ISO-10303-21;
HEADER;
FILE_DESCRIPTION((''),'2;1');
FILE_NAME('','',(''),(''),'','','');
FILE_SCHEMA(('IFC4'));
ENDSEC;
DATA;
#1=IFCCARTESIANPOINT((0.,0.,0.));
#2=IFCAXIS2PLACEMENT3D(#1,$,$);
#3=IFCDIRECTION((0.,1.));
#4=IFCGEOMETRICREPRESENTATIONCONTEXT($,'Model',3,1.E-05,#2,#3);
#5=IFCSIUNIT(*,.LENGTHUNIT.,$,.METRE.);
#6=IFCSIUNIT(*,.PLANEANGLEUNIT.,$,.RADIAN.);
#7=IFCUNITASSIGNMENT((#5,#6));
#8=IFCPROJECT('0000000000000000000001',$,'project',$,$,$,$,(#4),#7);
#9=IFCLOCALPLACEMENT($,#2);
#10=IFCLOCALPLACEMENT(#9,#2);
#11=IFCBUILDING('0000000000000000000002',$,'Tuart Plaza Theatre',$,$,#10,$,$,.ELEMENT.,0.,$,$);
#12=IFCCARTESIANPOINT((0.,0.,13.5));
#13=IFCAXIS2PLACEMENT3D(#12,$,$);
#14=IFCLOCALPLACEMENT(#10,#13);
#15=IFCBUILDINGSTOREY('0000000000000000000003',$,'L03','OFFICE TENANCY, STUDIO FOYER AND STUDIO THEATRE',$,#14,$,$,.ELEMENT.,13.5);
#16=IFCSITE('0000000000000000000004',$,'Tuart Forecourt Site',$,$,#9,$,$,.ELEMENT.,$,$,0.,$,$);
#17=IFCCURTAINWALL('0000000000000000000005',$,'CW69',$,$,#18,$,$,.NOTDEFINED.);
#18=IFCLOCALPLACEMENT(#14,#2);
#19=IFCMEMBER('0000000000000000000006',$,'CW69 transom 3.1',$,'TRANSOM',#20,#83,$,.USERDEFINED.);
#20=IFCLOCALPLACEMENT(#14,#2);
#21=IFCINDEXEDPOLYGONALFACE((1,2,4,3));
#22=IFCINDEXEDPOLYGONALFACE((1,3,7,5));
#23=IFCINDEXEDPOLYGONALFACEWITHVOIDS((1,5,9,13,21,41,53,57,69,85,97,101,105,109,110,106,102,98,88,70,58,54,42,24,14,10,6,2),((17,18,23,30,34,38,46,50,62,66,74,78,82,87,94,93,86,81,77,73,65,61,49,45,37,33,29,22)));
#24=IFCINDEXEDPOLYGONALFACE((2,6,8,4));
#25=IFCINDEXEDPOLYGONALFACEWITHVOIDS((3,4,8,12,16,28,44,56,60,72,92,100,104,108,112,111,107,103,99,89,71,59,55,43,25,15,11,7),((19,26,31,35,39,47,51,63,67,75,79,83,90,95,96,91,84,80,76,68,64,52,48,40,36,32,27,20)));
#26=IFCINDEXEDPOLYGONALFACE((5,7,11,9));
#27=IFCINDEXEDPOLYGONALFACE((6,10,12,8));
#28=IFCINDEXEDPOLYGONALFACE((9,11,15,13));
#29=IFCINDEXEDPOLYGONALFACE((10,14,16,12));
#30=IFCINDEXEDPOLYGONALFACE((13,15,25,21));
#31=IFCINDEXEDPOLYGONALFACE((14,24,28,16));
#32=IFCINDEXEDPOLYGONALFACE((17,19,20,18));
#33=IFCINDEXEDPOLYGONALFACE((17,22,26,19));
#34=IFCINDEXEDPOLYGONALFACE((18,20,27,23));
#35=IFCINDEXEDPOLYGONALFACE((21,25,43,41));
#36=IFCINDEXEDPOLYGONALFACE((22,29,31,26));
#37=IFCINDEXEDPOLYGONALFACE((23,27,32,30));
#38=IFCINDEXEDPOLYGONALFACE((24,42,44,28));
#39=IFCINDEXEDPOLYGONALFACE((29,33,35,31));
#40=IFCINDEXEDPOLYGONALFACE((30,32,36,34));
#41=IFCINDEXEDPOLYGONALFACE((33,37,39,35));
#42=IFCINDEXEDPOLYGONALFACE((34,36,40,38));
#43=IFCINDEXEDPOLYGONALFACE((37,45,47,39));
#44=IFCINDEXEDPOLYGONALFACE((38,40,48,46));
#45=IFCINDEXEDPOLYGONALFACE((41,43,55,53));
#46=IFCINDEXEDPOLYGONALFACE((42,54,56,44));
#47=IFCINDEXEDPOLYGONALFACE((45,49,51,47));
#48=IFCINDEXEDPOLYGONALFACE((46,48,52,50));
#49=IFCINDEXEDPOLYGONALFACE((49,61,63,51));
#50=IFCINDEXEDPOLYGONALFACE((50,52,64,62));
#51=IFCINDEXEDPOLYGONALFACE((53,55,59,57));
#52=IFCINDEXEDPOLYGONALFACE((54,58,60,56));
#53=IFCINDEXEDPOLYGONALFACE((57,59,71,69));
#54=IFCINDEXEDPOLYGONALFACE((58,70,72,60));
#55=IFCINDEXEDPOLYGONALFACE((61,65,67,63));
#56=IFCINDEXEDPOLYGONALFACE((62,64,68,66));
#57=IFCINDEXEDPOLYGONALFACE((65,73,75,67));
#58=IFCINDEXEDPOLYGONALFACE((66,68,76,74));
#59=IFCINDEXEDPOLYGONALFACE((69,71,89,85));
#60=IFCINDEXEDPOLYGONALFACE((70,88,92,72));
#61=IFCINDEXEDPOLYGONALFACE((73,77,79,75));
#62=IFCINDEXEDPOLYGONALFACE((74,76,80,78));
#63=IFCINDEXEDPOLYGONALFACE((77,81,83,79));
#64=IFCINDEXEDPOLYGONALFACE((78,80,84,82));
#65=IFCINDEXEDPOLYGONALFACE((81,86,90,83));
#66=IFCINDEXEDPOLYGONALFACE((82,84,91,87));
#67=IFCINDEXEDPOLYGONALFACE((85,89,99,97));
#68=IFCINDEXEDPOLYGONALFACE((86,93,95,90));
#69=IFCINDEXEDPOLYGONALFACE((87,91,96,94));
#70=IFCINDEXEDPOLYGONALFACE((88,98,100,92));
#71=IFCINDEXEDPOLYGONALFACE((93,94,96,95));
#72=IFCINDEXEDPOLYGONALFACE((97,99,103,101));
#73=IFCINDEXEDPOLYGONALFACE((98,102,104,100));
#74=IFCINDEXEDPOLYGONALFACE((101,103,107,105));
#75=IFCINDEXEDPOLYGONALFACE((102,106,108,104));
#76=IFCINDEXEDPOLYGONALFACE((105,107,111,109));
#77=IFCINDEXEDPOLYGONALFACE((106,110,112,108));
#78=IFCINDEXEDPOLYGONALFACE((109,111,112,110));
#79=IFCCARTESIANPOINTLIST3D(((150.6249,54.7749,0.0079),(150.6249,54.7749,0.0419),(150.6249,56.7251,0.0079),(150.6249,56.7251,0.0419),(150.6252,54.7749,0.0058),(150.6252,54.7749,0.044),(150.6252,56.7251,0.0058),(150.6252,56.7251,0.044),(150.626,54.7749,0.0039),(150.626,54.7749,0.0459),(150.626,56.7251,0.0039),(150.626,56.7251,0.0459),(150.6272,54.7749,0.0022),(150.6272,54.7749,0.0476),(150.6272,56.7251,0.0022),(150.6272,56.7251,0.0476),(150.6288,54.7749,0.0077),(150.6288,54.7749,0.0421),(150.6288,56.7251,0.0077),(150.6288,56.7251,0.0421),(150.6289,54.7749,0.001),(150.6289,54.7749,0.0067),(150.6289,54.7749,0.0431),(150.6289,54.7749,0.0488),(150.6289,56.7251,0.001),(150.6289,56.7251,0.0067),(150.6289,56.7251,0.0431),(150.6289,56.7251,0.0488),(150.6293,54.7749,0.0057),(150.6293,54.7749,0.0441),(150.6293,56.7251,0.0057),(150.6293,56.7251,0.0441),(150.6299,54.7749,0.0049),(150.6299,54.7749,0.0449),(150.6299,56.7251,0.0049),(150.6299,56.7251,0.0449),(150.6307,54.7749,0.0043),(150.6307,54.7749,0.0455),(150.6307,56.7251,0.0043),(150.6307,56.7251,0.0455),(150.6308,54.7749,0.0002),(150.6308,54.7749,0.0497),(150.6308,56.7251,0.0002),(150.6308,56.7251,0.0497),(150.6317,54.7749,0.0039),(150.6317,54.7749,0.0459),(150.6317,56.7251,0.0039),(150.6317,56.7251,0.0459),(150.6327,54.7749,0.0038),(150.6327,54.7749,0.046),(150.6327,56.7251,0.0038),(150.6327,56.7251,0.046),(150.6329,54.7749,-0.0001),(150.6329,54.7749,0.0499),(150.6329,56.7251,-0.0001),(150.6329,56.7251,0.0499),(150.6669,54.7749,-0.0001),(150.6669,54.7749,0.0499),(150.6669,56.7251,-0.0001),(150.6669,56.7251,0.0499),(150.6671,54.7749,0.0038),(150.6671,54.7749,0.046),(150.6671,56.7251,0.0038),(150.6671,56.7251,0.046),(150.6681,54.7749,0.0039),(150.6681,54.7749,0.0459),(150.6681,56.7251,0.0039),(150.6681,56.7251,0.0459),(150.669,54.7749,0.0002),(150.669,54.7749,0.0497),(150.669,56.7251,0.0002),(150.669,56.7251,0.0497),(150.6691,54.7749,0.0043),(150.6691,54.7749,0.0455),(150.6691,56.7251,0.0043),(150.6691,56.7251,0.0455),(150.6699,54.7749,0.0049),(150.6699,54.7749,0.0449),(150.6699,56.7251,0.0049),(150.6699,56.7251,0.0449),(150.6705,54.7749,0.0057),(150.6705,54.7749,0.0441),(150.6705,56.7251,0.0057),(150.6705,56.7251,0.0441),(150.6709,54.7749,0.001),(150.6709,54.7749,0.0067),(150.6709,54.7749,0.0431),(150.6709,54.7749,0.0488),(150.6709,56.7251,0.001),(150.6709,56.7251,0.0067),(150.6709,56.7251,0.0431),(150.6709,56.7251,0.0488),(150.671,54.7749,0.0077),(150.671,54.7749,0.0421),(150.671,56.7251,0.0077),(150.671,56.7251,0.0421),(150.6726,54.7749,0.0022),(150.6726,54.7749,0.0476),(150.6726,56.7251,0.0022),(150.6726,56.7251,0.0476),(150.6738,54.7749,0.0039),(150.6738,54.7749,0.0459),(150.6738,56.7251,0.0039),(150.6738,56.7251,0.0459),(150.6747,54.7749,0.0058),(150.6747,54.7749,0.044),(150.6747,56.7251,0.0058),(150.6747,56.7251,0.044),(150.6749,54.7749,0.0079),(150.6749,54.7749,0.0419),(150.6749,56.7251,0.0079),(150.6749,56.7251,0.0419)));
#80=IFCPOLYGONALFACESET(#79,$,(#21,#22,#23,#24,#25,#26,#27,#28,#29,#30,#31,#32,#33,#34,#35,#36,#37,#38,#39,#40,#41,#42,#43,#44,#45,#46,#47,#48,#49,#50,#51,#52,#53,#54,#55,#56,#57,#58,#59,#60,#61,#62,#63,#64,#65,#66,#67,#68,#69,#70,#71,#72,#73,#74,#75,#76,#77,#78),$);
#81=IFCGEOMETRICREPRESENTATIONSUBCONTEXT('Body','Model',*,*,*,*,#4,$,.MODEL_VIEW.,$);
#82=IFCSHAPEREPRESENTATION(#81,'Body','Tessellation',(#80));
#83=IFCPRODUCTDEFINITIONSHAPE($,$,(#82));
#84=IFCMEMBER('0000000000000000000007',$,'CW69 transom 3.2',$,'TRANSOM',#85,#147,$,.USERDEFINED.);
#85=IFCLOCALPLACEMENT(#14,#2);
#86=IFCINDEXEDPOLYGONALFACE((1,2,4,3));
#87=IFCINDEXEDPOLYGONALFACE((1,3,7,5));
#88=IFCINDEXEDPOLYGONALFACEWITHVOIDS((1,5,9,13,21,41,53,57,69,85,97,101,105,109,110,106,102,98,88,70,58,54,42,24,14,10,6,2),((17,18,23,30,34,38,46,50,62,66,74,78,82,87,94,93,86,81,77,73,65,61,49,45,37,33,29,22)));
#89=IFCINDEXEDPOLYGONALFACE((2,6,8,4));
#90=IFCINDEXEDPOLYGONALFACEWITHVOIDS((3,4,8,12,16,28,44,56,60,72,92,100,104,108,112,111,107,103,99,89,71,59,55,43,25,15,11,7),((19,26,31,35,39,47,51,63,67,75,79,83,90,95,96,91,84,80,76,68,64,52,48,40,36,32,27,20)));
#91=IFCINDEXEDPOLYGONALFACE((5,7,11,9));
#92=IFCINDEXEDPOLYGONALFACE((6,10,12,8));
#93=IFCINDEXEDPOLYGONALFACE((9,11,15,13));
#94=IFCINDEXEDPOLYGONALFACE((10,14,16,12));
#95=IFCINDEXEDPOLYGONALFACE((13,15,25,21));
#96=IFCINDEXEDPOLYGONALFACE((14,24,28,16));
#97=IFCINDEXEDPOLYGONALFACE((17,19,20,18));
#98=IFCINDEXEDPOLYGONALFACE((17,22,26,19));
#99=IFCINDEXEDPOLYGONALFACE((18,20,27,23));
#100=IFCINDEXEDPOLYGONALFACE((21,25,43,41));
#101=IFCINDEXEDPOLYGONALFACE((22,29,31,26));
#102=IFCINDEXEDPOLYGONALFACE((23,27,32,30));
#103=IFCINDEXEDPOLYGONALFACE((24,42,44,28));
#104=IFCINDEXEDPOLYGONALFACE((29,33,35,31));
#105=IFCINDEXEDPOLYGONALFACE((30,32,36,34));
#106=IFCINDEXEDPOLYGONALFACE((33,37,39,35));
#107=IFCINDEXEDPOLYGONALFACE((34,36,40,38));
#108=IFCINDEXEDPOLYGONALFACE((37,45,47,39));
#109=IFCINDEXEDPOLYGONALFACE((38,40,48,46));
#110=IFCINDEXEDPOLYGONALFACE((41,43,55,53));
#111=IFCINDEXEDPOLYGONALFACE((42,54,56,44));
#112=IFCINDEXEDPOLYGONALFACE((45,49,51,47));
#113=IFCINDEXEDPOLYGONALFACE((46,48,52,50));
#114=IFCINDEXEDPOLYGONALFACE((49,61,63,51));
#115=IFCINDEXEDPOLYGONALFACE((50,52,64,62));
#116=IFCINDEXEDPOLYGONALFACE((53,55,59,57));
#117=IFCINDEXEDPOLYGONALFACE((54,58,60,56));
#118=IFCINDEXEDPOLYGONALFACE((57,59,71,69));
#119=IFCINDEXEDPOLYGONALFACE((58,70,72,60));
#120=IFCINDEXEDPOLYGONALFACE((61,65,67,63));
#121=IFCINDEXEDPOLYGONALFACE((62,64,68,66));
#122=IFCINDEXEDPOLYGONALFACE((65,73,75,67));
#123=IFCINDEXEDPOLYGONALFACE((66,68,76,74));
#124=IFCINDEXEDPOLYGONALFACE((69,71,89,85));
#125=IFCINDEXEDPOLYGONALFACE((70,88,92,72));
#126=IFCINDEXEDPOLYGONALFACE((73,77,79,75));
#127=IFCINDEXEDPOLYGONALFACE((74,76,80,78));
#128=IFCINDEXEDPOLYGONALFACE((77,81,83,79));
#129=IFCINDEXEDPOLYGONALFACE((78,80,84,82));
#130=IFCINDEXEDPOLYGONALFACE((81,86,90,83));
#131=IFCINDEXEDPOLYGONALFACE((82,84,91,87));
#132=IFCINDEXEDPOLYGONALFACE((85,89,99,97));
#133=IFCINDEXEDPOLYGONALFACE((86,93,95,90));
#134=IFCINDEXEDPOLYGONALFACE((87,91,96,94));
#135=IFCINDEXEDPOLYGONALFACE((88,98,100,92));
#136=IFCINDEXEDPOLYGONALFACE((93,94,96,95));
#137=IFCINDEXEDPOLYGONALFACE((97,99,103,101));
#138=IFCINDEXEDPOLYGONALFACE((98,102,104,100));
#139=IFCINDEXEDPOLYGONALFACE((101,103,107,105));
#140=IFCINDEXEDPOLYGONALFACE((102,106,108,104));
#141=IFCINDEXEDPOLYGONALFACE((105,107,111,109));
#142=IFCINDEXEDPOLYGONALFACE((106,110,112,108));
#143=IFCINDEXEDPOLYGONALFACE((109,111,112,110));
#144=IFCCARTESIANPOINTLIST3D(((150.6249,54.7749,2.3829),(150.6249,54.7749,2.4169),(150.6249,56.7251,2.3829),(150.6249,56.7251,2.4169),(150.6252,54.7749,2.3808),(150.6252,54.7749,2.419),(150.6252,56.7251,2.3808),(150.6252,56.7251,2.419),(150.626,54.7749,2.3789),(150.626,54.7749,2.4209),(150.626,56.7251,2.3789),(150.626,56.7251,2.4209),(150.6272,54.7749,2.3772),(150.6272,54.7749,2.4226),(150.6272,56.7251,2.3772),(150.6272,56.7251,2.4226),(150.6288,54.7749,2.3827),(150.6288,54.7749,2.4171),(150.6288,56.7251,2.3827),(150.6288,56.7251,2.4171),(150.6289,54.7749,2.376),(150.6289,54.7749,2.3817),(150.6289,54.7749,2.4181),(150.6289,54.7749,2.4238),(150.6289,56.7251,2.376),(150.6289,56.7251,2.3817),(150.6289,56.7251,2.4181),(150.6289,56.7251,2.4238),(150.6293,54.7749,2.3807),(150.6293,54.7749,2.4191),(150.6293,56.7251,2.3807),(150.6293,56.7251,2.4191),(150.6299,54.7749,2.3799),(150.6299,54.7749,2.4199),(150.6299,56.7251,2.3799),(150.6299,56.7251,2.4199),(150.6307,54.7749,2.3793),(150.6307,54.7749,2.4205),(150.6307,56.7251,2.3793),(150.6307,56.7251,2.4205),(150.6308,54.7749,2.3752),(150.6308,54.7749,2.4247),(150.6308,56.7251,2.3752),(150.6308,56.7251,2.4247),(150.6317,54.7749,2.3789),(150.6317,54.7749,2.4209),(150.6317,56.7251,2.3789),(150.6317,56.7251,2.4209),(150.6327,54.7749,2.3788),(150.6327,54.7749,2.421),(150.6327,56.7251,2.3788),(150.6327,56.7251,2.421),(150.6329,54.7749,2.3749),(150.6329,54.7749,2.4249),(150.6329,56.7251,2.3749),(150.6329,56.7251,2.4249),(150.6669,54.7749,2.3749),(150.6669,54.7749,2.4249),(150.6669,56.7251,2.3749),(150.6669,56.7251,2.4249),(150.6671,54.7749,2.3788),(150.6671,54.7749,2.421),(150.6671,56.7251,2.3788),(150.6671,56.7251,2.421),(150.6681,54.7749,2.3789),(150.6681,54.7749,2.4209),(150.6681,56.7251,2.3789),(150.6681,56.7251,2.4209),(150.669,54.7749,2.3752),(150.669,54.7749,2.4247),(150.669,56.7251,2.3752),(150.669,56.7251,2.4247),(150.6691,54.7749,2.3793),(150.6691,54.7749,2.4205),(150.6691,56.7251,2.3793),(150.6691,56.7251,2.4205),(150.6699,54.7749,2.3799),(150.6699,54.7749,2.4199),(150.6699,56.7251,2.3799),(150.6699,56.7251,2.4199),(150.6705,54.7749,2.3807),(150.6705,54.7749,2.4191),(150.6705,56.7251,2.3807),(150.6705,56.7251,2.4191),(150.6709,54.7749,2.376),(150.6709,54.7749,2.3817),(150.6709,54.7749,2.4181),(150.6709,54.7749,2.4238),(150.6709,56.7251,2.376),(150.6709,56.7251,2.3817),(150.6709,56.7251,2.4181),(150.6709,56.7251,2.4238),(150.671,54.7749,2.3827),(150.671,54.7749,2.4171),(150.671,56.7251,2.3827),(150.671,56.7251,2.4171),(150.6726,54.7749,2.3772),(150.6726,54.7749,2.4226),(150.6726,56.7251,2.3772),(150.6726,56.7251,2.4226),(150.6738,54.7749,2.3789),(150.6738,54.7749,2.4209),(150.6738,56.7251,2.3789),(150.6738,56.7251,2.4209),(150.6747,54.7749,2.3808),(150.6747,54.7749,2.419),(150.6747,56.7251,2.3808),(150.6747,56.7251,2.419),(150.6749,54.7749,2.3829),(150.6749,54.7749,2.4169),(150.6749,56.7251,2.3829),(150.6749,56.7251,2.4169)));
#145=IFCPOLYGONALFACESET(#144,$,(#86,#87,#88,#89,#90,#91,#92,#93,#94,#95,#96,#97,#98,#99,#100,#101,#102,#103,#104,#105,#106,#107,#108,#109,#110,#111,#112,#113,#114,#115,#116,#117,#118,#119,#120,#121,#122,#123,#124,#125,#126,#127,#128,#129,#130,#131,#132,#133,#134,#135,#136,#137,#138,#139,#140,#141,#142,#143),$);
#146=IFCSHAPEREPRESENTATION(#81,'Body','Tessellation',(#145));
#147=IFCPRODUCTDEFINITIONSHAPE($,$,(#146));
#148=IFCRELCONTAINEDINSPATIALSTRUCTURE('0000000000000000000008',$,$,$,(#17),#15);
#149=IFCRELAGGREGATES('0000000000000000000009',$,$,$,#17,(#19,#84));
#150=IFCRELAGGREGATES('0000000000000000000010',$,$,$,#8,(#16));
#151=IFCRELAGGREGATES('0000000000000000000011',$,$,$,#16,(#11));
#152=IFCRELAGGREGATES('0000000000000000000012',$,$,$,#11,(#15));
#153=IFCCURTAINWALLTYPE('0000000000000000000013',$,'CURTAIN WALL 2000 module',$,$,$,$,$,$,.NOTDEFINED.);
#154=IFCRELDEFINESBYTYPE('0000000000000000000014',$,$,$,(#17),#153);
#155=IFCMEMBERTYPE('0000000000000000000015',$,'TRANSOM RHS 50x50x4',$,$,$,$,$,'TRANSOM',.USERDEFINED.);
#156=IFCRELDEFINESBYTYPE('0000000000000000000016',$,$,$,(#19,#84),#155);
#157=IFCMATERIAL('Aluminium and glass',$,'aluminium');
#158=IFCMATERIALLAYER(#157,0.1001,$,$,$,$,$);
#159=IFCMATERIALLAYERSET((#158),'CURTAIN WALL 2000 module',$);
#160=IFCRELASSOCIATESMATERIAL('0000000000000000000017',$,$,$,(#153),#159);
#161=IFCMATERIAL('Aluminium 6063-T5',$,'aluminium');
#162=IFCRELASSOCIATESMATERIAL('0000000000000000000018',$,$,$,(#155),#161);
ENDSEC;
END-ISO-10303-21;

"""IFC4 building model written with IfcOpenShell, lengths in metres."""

from ifc_helpers import new_model, si_unit, direction, frame, origin, origin_2d, place, context, subcontext, project, spatial, hollow_rectangle, extrude, material, layer, layer_set, material_profile, profile_set, type_object, element, aggregate, save


model = new_model("IFC4")

# Units and contexts
model_context = context("Model", 3, precision=1e-05, world=origin(), true_north=direction((0.0, 1.0)))
body_context = subcontext(model_context, "Body", "Model", "MODEL_VIEW")
ifc_project = project(units=[si_unit("LENGTHUNIT", "METRE"), si_unit("PLANEANGLEUNIT", "RADIAN")], contexts=[model_context])

# Site, building, storey
site_placement = place(None, origin())
site = spatial("IfcSite", under=ifc_project, at=site_placement, Name="Tuart Forecourt Site", CompositionType="ELEMENT", RefElevation=0.0)
building_placement = place(site_placement, origin())
building = spatial("IfcBuilding", under=site, at=building_placement, Name="Tuart Plaza Theatre", CompositionType="ELEMENT", ElevationOfRefHeight=0.0)
storey_placement = place(building_placement, frame((0.0, 0.0, 13.5)))
storey = spatial("IfcBuildingStorey", under=building, at=storey_placement, Name="L03", Description="OFFICE TENANCY, STUDIO FOYER AND STUDIO THEATRE", CompositionType="ELEMENT", Elevation=13.5)

# Curtain wall, members
ifc_material_1 = material(Name="Aluminium and glass", Category="aluminium")
ifc_layer_1 = layer(ifc_material_1, 0.1001)
ifc_layer_set_1 = layer_set([ifc_layer_1], Name="CURTAIN WALL 2000 module")
curtain_wall_type = type_object("IfcCurtainWallType", Name="CURTAIN WALL 2000 module", PredefinedType="NOTDEFINED", material=ifc_layer_set_1)
curtain_wall_placement = place(storey_placement, origin())
curtain_wall = element("IfcCurtainWall", 1, at=curtain_wall_placement, inside=storey, type_object=curtain_wall_type, Name="CW69", PredefinedType="NOTDEFINED")
ifc_material_2 = material(Name="Aluminium 6063-T5", Category="aluminium")
ifc_material_profile_1 = material_profile(ifc_material_2, hollow_rectangle(XDim=0.05, YDim=0.05, WallThickness=0.0039, InnerFilletRadius=0.0039, OuterFilletRadius=0.0081, at=origin_2d()), Name="RHS 50x50x4")
ifc_profile_set_1 = profile_set([ifc_material_profile_1], Name="Aluminium 6063-T5")
member_type_1 = type_object("IfcMemberType", Name="TRANSOM RHS 50x50x4", ElementType="TRANSOM", PredefinedType="USERDEFINED", material=ifc_profile_set_1)
member_1_placement = place(storey_placement, frame((150.6499, 54.7749, 0.0249), z_axis=(0.0, 1.0, 0.0), x_axis=(-1.0, 0.0, 0.0)))
member_1 = element("IfcMember", 2, at=member_1_placement, type_object=member_type_1, Name="CW69 transom 3.1", ObjectType="TRANSOM", PredefinedType="USERDEFINED", context=body_context, shape_type="SweptSolid", body=[
    extrude(hollow_rectangle(XDim=0.05, YDim=0.05, WallThickness=0.0039, InnerFilletRadius=0.0039, OuterFilletRadius=0.0081, at=origin_2d()), origin(), (0.0, 0.0, 1.0), 1.9502),
])
member_2_placement = place(storey_placement, frame((150.6499, 54.7749, 2.3999), z_axis=(0.0, 1.0, 0.0), x_axis=(-1.0, 0.0, 0.0)))
member_2 = element("IfcMember", 3, at=member_2_placement, type_object=member_type_1, Name="CW69 transom 3.2", ObjectType="TRANSOM", PredefinedType="USERDEFINED", context=body_context, shape_type="SweptSolid", body=[
    extrude(hollow_rectangle(XDim=0.05, YDim=0.05, WallThickness=0.0039, InnerFilletRadius=0.0039, OuterFilletRadius=0.0081, at=origin_2d()), origin(), (0.0, 0.0, 1.0), 1.9502),
])
aggregate(curtain_wall, [member_1, member_2])

save(model, "model.ifc")
